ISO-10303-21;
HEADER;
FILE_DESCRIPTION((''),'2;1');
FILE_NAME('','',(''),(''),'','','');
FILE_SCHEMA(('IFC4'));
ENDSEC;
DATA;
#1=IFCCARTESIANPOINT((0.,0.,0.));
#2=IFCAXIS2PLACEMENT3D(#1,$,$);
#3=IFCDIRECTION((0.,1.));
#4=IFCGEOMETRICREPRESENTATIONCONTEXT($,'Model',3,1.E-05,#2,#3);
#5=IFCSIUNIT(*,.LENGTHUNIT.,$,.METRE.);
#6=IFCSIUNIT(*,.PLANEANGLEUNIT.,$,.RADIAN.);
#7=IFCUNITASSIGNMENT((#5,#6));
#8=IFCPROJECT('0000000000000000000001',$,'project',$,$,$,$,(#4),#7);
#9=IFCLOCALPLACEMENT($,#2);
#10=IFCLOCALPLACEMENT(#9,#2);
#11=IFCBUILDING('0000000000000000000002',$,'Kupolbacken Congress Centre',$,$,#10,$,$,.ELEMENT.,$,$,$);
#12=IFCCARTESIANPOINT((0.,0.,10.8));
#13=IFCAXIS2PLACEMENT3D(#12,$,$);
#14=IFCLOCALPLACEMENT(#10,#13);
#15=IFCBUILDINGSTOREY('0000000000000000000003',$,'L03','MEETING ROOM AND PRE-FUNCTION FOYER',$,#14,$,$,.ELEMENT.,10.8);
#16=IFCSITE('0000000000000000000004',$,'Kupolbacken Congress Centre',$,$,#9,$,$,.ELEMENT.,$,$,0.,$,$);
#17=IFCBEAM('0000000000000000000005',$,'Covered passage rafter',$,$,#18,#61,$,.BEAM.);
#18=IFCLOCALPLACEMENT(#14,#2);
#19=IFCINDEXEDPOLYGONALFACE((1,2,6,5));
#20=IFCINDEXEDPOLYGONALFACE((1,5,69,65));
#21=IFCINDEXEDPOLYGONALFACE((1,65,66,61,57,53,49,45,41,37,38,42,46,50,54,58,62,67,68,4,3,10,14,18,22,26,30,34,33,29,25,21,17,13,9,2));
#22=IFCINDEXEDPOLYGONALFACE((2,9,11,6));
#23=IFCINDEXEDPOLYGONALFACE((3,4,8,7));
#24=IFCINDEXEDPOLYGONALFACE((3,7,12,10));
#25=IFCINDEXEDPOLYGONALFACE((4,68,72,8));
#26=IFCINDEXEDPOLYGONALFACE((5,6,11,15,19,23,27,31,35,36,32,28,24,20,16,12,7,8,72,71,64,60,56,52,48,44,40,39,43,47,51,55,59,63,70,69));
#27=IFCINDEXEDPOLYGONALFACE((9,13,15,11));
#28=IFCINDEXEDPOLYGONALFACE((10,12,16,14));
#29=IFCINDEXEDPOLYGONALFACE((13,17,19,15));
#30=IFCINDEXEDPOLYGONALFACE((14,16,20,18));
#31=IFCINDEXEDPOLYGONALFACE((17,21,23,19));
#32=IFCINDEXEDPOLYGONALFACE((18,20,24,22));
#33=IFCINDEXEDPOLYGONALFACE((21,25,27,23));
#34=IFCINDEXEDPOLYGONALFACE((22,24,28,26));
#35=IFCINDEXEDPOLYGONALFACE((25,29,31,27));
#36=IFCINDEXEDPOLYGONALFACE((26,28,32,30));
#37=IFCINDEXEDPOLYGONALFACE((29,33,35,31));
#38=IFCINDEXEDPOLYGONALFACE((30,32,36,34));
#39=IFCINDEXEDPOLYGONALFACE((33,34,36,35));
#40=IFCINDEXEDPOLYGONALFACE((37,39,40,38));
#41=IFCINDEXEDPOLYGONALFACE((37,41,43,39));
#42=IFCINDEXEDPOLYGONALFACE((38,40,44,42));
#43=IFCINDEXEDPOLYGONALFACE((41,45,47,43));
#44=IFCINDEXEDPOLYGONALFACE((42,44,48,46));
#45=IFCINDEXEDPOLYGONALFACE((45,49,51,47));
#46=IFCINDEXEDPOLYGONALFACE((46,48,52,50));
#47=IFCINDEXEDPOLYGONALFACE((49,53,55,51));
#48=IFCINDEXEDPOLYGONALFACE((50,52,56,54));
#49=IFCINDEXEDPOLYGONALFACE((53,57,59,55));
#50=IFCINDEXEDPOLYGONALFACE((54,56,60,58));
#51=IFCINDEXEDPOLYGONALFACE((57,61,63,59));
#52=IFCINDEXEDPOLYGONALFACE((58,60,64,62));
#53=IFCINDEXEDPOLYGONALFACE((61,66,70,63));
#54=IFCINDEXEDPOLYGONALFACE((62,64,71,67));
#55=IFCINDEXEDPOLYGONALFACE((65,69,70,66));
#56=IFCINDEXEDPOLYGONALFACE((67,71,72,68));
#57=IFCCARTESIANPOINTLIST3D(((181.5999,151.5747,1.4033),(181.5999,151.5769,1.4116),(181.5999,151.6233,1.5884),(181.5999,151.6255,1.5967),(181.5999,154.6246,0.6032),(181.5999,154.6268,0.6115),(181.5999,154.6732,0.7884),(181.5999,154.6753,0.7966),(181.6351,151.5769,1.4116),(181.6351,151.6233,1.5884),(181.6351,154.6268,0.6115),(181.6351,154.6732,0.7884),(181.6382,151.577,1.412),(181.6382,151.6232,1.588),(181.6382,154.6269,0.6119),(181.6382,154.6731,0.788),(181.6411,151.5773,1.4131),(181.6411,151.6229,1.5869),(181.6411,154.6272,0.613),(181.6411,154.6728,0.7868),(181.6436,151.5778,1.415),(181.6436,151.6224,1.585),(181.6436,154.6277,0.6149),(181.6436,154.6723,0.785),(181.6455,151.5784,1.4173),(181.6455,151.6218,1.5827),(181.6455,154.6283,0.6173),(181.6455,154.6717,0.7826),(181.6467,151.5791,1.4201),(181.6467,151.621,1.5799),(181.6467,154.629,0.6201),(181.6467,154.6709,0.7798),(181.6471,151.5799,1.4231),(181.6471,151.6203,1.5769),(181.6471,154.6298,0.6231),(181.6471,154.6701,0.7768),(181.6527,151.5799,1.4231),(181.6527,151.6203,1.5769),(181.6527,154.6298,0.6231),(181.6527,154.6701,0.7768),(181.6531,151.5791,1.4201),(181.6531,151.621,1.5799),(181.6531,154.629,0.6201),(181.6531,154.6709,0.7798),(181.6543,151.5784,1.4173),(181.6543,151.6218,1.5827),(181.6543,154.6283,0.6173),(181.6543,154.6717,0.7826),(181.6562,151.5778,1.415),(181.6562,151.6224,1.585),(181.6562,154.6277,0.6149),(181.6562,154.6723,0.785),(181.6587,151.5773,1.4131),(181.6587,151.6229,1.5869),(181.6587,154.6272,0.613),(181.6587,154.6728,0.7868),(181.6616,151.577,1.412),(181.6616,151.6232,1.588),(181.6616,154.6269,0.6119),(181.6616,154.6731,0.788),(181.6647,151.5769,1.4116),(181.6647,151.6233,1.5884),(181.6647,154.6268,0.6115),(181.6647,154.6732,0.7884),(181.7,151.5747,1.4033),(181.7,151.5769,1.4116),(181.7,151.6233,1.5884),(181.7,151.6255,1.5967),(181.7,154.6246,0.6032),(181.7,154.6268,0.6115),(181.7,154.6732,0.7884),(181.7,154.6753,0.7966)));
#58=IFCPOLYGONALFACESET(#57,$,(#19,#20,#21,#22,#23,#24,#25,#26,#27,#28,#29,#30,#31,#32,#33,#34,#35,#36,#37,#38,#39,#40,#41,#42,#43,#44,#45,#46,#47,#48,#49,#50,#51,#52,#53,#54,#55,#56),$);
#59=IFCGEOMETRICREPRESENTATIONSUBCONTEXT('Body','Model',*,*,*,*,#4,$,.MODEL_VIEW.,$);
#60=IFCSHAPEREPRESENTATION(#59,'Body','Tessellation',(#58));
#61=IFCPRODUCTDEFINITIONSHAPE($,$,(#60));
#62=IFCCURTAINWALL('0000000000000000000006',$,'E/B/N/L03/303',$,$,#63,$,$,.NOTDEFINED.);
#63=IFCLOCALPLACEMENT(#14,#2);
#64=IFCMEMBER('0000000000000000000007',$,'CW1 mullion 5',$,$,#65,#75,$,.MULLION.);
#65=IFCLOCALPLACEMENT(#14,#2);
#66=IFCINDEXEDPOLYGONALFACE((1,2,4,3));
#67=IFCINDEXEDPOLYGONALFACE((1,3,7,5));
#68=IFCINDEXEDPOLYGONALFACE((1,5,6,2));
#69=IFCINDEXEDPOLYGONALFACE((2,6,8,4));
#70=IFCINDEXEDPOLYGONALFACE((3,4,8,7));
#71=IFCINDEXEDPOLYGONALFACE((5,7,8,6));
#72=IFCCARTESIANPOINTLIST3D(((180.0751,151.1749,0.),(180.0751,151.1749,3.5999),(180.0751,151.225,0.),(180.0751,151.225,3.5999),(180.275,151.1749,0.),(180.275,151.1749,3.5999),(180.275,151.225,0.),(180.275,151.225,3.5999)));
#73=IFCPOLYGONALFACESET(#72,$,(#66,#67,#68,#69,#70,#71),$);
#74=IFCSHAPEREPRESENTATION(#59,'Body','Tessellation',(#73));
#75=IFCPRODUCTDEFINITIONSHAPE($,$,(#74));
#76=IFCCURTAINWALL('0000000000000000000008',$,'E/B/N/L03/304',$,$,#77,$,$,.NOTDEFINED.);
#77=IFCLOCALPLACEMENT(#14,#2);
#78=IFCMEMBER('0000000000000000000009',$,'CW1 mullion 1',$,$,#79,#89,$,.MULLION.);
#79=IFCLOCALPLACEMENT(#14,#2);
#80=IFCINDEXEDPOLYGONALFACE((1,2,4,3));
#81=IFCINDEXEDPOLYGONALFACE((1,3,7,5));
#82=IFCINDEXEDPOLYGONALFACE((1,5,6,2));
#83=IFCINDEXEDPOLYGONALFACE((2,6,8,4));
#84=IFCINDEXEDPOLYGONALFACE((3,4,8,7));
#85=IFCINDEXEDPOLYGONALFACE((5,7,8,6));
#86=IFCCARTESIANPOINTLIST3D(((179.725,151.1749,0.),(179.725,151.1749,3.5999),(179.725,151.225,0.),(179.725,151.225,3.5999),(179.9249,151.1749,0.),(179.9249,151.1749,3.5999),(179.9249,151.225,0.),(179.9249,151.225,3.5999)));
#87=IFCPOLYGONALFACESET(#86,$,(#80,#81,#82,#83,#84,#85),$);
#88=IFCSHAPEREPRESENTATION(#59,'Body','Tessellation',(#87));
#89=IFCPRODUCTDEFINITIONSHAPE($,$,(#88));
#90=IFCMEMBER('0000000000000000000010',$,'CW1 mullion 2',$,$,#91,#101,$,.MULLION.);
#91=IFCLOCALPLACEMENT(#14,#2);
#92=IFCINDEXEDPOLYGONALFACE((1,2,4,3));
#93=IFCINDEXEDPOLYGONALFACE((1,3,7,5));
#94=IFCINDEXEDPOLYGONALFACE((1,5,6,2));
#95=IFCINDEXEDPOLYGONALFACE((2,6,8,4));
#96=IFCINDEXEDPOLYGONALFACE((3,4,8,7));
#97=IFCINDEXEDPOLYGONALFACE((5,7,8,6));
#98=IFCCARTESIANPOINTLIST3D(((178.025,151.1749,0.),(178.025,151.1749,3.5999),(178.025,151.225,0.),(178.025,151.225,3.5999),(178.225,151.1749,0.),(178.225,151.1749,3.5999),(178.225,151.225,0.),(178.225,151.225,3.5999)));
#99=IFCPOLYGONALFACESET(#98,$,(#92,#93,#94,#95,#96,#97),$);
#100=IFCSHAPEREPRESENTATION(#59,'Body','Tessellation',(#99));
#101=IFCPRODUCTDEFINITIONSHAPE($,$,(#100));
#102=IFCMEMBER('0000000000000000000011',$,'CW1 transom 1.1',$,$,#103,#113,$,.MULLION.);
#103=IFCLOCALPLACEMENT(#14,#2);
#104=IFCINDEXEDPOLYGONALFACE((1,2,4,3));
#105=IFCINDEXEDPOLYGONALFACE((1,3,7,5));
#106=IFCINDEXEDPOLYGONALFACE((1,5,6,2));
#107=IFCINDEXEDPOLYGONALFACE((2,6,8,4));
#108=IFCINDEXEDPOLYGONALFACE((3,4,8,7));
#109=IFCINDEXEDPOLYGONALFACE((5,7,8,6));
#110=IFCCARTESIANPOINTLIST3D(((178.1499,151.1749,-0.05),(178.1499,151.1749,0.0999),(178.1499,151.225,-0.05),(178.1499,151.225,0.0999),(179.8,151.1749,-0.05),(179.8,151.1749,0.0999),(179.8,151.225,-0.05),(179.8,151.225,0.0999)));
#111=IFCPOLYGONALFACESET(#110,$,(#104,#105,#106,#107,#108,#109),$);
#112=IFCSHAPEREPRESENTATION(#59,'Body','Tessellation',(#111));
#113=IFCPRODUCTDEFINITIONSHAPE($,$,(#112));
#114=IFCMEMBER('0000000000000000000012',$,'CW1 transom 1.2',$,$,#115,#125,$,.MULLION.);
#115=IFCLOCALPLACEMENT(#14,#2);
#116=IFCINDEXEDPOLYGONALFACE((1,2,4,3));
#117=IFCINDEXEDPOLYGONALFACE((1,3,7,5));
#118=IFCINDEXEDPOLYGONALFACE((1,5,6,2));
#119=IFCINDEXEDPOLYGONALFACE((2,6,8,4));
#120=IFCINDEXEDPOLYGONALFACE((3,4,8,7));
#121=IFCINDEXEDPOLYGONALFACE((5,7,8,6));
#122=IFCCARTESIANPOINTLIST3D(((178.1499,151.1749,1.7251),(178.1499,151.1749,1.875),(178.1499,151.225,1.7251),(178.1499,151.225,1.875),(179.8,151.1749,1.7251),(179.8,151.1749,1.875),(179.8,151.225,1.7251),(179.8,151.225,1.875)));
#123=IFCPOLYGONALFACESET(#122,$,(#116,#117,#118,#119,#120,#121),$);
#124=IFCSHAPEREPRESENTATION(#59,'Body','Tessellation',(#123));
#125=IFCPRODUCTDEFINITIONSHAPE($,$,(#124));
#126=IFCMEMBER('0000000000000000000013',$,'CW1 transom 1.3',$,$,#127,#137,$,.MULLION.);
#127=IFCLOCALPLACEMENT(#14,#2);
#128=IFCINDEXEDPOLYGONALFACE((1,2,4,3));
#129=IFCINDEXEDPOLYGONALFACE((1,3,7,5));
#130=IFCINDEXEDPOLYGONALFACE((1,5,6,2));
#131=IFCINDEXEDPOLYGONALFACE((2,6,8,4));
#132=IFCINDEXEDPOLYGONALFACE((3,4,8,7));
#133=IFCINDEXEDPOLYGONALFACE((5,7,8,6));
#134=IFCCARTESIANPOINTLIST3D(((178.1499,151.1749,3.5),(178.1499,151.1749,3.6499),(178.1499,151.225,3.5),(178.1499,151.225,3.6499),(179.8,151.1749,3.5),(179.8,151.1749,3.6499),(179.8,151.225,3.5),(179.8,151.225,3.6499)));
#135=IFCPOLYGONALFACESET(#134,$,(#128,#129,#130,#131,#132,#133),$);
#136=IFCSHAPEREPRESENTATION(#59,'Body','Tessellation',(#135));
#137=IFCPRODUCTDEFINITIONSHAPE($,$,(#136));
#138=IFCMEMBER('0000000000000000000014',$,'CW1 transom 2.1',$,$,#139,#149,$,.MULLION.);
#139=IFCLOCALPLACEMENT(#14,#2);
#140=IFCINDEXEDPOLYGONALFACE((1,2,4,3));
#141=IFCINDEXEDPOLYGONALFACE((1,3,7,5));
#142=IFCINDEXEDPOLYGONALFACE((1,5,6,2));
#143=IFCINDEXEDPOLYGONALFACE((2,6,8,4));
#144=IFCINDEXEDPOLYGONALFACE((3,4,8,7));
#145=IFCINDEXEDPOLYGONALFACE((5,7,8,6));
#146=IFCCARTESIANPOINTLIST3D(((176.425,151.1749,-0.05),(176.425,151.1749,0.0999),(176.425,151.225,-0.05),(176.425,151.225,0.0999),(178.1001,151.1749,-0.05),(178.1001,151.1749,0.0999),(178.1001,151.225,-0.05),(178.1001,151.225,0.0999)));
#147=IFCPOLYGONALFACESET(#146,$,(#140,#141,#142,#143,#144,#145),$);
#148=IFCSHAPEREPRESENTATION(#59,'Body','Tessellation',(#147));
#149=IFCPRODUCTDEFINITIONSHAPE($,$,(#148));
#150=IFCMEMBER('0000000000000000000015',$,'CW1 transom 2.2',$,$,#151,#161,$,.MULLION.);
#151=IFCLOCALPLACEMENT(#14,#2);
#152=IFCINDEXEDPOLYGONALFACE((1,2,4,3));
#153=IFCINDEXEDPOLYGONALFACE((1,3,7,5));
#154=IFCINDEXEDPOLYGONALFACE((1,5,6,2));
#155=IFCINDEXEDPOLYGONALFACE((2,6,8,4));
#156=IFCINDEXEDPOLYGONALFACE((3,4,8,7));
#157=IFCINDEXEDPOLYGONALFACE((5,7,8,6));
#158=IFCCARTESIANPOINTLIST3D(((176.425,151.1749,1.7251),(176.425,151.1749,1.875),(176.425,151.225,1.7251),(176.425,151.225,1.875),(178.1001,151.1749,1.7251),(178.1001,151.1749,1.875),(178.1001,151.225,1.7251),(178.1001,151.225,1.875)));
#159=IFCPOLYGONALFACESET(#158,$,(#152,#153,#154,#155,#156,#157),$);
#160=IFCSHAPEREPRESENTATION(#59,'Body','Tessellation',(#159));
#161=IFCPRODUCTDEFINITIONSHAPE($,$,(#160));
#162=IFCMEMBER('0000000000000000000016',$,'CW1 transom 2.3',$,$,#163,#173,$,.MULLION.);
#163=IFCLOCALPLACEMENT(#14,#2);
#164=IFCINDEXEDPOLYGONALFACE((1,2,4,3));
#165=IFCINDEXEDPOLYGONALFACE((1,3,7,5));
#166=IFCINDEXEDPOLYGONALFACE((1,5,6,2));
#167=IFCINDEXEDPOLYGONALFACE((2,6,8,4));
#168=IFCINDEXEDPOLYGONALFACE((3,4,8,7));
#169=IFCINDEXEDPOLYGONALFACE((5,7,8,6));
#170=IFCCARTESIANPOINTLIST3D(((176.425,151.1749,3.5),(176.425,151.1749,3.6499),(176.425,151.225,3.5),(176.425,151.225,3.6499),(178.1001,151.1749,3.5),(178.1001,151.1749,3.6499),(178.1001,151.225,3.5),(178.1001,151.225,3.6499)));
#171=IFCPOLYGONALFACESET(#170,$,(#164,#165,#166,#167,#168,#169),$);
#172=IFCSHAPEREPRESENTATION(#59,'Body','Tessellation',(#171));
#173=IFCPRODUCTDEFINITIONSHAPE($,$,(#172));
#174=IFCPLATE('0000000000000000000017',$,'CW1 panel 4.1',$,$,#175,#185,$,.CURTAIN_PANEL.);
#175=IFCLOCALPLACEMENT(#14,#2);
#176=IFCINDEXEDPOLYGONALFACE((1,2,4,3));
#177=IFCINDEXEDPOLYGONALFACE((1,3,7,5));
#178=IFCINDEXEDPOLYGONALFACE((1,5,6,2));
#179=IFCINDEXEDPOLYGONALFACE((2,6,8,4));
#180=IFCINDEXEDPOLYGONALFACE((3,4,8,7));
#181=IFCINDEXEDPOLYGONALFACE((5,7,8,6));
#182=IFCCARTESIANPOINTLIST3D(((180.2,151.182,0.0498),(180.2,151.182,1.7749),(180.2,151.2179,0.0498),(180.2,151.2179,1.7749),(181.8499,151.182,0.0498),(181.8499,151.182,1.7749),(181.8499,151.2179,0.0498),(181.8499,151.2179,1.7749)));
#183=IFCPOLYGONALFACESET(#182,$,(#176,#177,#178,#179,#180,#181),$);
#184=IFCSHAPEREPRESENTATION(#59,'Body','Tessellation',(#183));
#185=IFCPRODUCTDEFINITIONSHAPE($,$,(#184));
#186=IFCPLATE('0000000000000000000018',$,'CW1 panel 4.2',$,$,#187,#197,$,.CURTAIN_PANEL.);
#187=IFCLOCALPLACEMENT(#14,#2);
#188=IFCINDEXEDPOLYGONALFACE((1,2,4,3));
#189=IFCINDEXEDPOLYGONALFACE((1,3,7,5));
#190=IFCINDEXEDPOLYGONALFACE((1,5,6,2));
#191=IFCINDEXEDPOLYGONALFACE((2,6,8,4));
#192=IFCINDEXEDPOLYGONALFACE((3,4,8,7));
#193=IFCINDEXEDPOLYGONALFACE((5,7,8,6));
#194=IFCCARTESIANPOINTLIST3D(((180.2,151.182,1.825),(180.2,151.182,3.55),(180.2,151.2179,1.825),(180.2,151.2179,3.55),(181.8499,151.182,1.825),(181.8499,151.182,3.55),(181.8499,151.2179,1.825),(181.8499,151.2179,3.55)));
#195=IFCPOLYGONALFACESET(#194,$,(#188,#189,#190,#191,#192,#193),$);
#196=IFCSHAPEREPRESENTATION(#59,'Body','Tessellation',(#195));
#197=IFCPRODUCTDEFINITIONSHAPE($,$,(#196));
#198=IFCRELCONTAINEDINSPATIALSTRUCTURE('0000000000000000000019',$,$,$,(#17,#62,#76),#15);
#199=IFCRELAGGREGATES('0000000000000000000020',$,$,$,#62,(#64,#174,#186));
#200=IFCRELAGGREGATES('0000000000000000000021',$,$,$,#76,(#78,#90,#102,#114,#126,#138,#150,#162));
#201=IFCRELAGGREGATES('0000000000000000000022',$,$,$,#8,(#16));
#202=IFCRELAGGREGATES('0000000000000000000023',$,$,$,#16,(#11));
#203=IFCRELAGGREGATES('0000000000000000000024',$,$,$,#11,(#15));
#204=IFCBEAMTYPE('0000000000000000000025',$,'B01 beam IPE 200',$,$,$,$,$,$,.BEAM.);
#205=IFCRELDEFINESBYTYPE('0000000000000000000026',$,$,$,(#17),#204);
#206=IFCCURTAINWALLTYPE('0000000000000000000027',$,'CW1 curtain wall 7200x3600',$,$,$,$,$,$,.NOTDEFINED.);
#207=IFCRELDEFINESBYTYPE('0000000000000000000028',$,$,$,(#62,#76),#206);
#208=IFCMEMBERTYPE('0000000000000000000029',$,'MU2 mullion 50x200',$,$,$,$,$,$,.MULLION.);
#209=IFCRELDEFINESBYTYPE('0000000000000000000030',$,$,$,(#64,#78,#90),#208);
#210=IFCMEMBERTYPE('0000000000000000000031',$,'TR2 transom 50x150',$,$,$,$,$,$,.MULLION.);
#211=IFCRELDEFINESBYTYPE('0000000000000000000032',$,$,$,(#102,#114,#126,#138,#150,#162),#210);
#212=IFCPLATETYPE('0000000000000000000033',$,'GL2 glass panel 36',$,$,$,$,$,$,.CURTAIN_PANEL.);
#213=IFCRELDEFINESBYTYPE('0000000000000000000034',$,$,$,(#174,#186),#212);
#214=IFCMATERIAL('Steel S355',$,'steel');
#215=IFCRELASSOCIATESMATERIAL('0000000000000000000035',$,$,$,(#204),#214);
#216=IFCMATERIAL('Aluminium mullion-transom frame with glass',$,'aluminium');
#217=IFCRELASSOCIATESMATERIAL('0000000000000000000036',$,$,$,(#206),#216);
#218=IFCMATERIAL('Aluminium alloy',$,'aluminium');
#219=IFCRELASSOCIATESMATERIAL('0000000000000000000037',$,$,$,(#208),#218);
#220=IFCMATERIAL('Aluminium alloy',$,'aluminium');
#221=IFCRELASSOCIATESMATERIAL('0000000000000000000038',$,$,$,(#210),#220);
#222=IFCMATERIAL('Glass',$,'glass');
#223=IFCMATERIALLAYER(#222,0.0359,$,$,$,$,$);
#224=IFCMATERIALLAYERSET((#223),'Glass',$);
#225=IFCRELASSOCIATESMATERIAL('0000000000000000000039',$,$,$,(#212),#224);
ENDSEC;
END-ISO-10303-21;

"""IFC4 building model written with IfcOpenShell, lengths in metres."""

from ifc_helpers import new_model, si_unit, direction, frame, origin, origin_2d, place, context, subcontext, project, spatial, rectangle, i_section, extrude, material, layer, layer_set, material_profile, profile_set, type_object, element, aggregate, save


model = new_model("IFC4")

# Units and contexts
model_context = context("Model", 3, precision=1e-05, world=origin(), true_north=direction((0.0, 1.0)))
body_context = subcontext(model_context, "Body", "Model", "MODEL_VIEW")
ifc_project = project(units=[si_unit("LENGTHUNIT", "METRE"), si_unit("PLANEANGLEUNIT", "RADIAN")], contexts=[model_context])

# Site, building, storey
site_placement = place(None, origin())
site = spatial("IfcSite", under=ifc_project, at=site_placement, Name="Kupolbacken Congress Centre", CompositionType="ELEMENT", RefElevation=0.0)
building_placement = place(site_placement, origin())
building = spatial("IfcBuilding", under=site, at=building_placement, Name="Kupolbacken Congress Centre", CompositionType="ELEMENT")
storey_placement = place(building_placement, frame((0.0, 0.0, 10.8)))
storey = spatial("IfcBuildingStorey", under=building, at=storey_placement, Name="L03", Description="MEETING ROOM AND PRE-FUNCTION FOYER", CompositionType="ELEMENT", Elevation=10.8)

# Beam
ifc_material_1 = material(Name="Steel S355", Category="steel")
ifc_material_profile_1 = material_profile(ifc_material_1, i_section(OverallWidth=0.1001, OverallDepth=0.2, WebThickness=0.0056, FlangeThickness=0.0085, FilletRadius=0.012, at=origin_2d()), Name="IPE 200")
ifc_profile_set_1 = profile_set([ifc_material_profile_1], Name="Steel S355")
beam_type = type_object("IfcBeamType", Name="B01 beam IPE 200", PredefinedType="BEAM", material=ifc_profile_set_1)
for number, where, z_axis, x_axis, name in (
    (1, (181.6499, 151.6001, 1.5), (0.0, 0.967272, -0.253742), (-1.0, 0.0, 0.0), "Covered passage rafter"),
):
    element("IfcBeam", number, at=place(storey_placement, frame(where, z_axis=z_axis, x_axis=x_axis)), inside=storey, type_object=beam_type, Name=name, PredefinedType="BEAM", context=body_context, shape_type="SweptSolid", body=[
        extrude(i_section(OverallWidth=0.1001, OverallDepth=0.2, WebThickness=0.0056, FlangeThickness=0.0085, FilletRadius=0.012, at=origin_2d()), origin(), (0.0, 0.0, 1.0), 3.1531),
    ])

# Curtain wall, member
ifc_material_2 = material(Name="Aluminium mullion-transom frame with glass", Category="aluminium")
curtain_wall_type = type_object("IfcCurtainWallType", Name="CW1 curtain wall 7200x3600", PredefinedType="NOTDEFINED", material=ifc_material_2)
curtain_wall_1_placement = place(storey_placement, origin())
curtain_wall_1 = element("IfcCurtainWall", 2, at=curtain_wall_1_placement, inside=storey, type_object=curtain_wall_type, Name="E/B/N/L03/303", PredefinedType="NOTDEFINED")
ifc_material_3 = material(Name="Aluminium alloy", Category="aluminium")
ifc_material_profile_2 = material_profile(ifc_material_3, rectangle(XDim=0.05, YDim=0.2, at=origin_2d()), Name="50 x 200")
ifc_profile_set_2 = profile_set([ifc_material_profile_2], Name="Aluminium alloy")
member_type_1 = type_object("IfcMemberType", Name="MU2 mullion 50x200", PredefinedType="MULLION", material=ifc_profile_set_2)
member_1_placement = place(storey_placement, frame((180.175, 151.2, 0.0), z_axis=(0.0, 0.0, 1.0), x_axis=(0.0, -1.0, 0.0)))
member_1 = element("IfcMember", 3, at=member_1_placement, type_object=member_type_1, Name="CW1 mullion 5", PredefinedType="MULLION", context=body_context, shape_type="SweptSolid", body=[
    extrude(rectangle(XDim=0.05, YDim=0.2, at=origin_2d()), origin(), (0.0, 0.0, 1.0), 3.5999),
])

# Curtain wall, members
curtain_wall_2_placement = place(storey_placement, origin())
curtain_wall_2 = element("IfcCurtainWall", 4, at=curtain_wall_2_placement, inside=storey, type_object=curtain_wall_type, Name="E/B/N/L03/304", PredefinedType="NOTDEFINED")
member_2_placement = place(storey_placement, frame((179.825, 151.2, 0.0), z_axis=(0.0, 0.0, 1.0), x_axis=(0.0, -1.0, 0.0)))
member_2 = element("IfcMember", 5, at=member_2_placement, type_object=member_type_1, Name="CW1 mullion 1", PredefinedType="MULLION", context=body_context, shape_type="SweptSolid", body=[
    extrude(rectangle(XDim=0.05, YDim=0.2, at=origin_2d()), origin(), (0.0, 0.0, 1.0), 3.5999),
])
member_3_placement = place(storey_placement, frame((178.125, 151.2, 0.0), z_axis=(0.0, 0.0, 1.0), x_axis=(0.0, -1.0, 0.0)))
member_3 = element("IfcMember", 6, at=member_3_placement, type_object=member_type_1, Name="CW1 mullion 2", PredefinedType="MULLION", context=body_context, shape_type="SweptSolid", body=[
    extrude(rectangle(XDim=0.05, YDim=0.2, at=origin_2d()), origin(), (0.0, 0.0, 1.0), 3.5999),
])
ifc_material_4 = material(Name="Aluminium alloy", Category="aluminium")
ifc_material_profile_3 = material_profile(ifc_material_4, rectangle(XDim=0.05, YDim=0.1499, at=origin_2d()), Name="50 x 150")
ifc_profile_set_3 = profile_set([ifc_material_profile_3], Name="Aluminium alloy")
member_type_2 = type_object("IfcMemberType", Name="TR2 transom 50x150", PredefinedType="MULLION", material=ifc_profile_set_3)
member_4_placement = place(storey_placement, frame((179.8, 151.2, 0.0249), z_axis=(-1.0, 0.0, 0.0), x_axis=(0.0, -1.0, 0.0)))
member_4 = element("IfcMember", 7, at=member_4_placement, type_object=member_type_2, Name="CW1 transom 1.1", PredefinedType="MULLION", context=body_context, shape_type="SweptSolid", body=[
    extrude(rectangle(XDim=0.05, YDim=0.1499, at=origin_2d()), origin(), (0.0, 0.0, 1.0), 1.6501),
])
member_5_placement = place(storey_placement, frame((179.8, 151.2, 1.8), z_axis=(-1.0, 0.0, 0.0), x_axis=(0.0, -1.0, 0.0)))
member_5 = element("IfcMember", 8, at=member_5_placement, type_object=member_type_2, Name="CW1 transom 1.2", PredefinedType="MULLION", context=body_context, shape_type="SweptSolid", body=[
    extrude(rectangle(XDim=0.05, YDim=0.1499, at=origin_2d()), origin(), (0.0, 0.0, 1.0), 1.6501),
])
member_6_placement = place(storey_placement, frame((179.8, 151.2, 3.575), z_axis=(-1.0, 0.0, 0.0), x_axis=(0.0, -1.0, 0.0)))
member_6 = element("IfcMember", 9, at=member_6_placement, type_object=member_type_2, Name="CW1 transom 1.3", PredefinedType="MULLION", context=body_context, shape_type="SweptSolid", body=[
    extrude(rectangle(XDim=0.05, YDim=0.1499, at=origin_2d()), origin(), (0.0, 0.0, 1.0), 1.6501),
])
member_7_placement = place(storey_placement, frame((178.1001, 151.2, 0.0249), z_axis=(-1.0, 0.0, 0.0), x_axis=(0.0, -1.0, 0.0)))
member_7 = element("IfcMember", 10, at=member_7_placement, type_object=member_type_2, Name="CW1 transom 2.1", PredefinedType="MULLION", context=body_context, shape_type="SweptSolid", body=[
    extrude(rectangle(XDim=0.05, YDim=0.1499, at=origin_2d()), origin(), (0.0, 0.0, 1.0), 1.675),
])
member_8_placement = place(storey_placement, frame((178.1001, 151.2, 1.8), z_axis=(-1.0, 0.0, 0.0), x_axis=(0.0, -1.0, 0.0)))
member_8 = element("IfcMember", 11, at=member_8_placement, type_object=member_type_2, Name="CW1 transom 2.2", PredefinedType="MULLION", context=body_context, shape_type="SweptSolid", body=[
    extrude(rectangle(XDim=0.05, YDim=0.1499, at=origin_2d()), origin(), (0.0, 0.0, 1.0), 1.675),
])
member_9_placement = place(storey_placement, frame((178.1001, 151.2, 3.575), z_axis=(-1.0, 0.0, 0.0), x_axis=(0.0, -1.0, 0.0)))
member_9 = element("IfcMember", 12, at=member_9_placement, type_object=member_type_2, Name="CW1 transom 2.3", PredefinedType="MULLION", context=body_context, shape_type="SweptSolid", body=[
    extrude(rectangle(XDim=0.05, YDim=0.1499, at=origin_2d()), origin(), (0.0, 0.0, 1.0), 1.675),
])

# Plates
ifc_material_5 = material(Name="Glass", Category="glass")
ifc_layer_1 = layer(ifc_material_5, 0.0359)
ifc_layer_set_1 = layer_set([ifc_layer_1], Name="Glass")
plate_type = type_object("IfcPlateType", Name="GL2 glass panel 36", PredefinedType="CURTAIN_PANEL", material=ifc_layer_set_1)
plate_1_placement = place(storey_placement, frame((181.0249, 151.2, 0.0498), z_axis=(0.0, 0.0, 1.0), x_axis=(-1.0, 0.0, 0.0)))
plate_1 = element("IfcPlate", 13, at=plate_1_placement, type_object=plate_type, Name="CW1 panel 4.1", PredefinedType="CURTAIN_PANEL", context=body_context, shape_type="SweptSolid", body=[
    extrude(rectangle(XDim=1.6499, YDim=0.0359, at=origin_2d()), origin(), (0.0, 0.0, 1.0), 1.7251),
])
plate_2_placement = place(storey_placement, frame((181.0249, 151.2, 1.825), z_axis=(0.0, 0.0, 1.0), x_axis=(-1.0, 0.0, 0.0)))
plate_2 = element("IfcPlate", 14, at=plate_2_placement, type_object=plate_type, Name="CW1 panel 4.2", PredefinedType="CURTAIN_PANEL", context=body_context, shape_type="SweptSolid", body=[
    extrude(rectangle(XDim=1.6499, YDim=0.0359, at=origin_2d()), origin(), (0.0, 0.0, 1.0), 1.7251),
])
aggregate(curtain_wall_1, [member_1, plate_1, plate_2])
aggregate(curtain_wall_2, [member_2, member_3, member_4, member_5, member_6, member_7, member_8, member_9])

save(model, "model.ifc")
